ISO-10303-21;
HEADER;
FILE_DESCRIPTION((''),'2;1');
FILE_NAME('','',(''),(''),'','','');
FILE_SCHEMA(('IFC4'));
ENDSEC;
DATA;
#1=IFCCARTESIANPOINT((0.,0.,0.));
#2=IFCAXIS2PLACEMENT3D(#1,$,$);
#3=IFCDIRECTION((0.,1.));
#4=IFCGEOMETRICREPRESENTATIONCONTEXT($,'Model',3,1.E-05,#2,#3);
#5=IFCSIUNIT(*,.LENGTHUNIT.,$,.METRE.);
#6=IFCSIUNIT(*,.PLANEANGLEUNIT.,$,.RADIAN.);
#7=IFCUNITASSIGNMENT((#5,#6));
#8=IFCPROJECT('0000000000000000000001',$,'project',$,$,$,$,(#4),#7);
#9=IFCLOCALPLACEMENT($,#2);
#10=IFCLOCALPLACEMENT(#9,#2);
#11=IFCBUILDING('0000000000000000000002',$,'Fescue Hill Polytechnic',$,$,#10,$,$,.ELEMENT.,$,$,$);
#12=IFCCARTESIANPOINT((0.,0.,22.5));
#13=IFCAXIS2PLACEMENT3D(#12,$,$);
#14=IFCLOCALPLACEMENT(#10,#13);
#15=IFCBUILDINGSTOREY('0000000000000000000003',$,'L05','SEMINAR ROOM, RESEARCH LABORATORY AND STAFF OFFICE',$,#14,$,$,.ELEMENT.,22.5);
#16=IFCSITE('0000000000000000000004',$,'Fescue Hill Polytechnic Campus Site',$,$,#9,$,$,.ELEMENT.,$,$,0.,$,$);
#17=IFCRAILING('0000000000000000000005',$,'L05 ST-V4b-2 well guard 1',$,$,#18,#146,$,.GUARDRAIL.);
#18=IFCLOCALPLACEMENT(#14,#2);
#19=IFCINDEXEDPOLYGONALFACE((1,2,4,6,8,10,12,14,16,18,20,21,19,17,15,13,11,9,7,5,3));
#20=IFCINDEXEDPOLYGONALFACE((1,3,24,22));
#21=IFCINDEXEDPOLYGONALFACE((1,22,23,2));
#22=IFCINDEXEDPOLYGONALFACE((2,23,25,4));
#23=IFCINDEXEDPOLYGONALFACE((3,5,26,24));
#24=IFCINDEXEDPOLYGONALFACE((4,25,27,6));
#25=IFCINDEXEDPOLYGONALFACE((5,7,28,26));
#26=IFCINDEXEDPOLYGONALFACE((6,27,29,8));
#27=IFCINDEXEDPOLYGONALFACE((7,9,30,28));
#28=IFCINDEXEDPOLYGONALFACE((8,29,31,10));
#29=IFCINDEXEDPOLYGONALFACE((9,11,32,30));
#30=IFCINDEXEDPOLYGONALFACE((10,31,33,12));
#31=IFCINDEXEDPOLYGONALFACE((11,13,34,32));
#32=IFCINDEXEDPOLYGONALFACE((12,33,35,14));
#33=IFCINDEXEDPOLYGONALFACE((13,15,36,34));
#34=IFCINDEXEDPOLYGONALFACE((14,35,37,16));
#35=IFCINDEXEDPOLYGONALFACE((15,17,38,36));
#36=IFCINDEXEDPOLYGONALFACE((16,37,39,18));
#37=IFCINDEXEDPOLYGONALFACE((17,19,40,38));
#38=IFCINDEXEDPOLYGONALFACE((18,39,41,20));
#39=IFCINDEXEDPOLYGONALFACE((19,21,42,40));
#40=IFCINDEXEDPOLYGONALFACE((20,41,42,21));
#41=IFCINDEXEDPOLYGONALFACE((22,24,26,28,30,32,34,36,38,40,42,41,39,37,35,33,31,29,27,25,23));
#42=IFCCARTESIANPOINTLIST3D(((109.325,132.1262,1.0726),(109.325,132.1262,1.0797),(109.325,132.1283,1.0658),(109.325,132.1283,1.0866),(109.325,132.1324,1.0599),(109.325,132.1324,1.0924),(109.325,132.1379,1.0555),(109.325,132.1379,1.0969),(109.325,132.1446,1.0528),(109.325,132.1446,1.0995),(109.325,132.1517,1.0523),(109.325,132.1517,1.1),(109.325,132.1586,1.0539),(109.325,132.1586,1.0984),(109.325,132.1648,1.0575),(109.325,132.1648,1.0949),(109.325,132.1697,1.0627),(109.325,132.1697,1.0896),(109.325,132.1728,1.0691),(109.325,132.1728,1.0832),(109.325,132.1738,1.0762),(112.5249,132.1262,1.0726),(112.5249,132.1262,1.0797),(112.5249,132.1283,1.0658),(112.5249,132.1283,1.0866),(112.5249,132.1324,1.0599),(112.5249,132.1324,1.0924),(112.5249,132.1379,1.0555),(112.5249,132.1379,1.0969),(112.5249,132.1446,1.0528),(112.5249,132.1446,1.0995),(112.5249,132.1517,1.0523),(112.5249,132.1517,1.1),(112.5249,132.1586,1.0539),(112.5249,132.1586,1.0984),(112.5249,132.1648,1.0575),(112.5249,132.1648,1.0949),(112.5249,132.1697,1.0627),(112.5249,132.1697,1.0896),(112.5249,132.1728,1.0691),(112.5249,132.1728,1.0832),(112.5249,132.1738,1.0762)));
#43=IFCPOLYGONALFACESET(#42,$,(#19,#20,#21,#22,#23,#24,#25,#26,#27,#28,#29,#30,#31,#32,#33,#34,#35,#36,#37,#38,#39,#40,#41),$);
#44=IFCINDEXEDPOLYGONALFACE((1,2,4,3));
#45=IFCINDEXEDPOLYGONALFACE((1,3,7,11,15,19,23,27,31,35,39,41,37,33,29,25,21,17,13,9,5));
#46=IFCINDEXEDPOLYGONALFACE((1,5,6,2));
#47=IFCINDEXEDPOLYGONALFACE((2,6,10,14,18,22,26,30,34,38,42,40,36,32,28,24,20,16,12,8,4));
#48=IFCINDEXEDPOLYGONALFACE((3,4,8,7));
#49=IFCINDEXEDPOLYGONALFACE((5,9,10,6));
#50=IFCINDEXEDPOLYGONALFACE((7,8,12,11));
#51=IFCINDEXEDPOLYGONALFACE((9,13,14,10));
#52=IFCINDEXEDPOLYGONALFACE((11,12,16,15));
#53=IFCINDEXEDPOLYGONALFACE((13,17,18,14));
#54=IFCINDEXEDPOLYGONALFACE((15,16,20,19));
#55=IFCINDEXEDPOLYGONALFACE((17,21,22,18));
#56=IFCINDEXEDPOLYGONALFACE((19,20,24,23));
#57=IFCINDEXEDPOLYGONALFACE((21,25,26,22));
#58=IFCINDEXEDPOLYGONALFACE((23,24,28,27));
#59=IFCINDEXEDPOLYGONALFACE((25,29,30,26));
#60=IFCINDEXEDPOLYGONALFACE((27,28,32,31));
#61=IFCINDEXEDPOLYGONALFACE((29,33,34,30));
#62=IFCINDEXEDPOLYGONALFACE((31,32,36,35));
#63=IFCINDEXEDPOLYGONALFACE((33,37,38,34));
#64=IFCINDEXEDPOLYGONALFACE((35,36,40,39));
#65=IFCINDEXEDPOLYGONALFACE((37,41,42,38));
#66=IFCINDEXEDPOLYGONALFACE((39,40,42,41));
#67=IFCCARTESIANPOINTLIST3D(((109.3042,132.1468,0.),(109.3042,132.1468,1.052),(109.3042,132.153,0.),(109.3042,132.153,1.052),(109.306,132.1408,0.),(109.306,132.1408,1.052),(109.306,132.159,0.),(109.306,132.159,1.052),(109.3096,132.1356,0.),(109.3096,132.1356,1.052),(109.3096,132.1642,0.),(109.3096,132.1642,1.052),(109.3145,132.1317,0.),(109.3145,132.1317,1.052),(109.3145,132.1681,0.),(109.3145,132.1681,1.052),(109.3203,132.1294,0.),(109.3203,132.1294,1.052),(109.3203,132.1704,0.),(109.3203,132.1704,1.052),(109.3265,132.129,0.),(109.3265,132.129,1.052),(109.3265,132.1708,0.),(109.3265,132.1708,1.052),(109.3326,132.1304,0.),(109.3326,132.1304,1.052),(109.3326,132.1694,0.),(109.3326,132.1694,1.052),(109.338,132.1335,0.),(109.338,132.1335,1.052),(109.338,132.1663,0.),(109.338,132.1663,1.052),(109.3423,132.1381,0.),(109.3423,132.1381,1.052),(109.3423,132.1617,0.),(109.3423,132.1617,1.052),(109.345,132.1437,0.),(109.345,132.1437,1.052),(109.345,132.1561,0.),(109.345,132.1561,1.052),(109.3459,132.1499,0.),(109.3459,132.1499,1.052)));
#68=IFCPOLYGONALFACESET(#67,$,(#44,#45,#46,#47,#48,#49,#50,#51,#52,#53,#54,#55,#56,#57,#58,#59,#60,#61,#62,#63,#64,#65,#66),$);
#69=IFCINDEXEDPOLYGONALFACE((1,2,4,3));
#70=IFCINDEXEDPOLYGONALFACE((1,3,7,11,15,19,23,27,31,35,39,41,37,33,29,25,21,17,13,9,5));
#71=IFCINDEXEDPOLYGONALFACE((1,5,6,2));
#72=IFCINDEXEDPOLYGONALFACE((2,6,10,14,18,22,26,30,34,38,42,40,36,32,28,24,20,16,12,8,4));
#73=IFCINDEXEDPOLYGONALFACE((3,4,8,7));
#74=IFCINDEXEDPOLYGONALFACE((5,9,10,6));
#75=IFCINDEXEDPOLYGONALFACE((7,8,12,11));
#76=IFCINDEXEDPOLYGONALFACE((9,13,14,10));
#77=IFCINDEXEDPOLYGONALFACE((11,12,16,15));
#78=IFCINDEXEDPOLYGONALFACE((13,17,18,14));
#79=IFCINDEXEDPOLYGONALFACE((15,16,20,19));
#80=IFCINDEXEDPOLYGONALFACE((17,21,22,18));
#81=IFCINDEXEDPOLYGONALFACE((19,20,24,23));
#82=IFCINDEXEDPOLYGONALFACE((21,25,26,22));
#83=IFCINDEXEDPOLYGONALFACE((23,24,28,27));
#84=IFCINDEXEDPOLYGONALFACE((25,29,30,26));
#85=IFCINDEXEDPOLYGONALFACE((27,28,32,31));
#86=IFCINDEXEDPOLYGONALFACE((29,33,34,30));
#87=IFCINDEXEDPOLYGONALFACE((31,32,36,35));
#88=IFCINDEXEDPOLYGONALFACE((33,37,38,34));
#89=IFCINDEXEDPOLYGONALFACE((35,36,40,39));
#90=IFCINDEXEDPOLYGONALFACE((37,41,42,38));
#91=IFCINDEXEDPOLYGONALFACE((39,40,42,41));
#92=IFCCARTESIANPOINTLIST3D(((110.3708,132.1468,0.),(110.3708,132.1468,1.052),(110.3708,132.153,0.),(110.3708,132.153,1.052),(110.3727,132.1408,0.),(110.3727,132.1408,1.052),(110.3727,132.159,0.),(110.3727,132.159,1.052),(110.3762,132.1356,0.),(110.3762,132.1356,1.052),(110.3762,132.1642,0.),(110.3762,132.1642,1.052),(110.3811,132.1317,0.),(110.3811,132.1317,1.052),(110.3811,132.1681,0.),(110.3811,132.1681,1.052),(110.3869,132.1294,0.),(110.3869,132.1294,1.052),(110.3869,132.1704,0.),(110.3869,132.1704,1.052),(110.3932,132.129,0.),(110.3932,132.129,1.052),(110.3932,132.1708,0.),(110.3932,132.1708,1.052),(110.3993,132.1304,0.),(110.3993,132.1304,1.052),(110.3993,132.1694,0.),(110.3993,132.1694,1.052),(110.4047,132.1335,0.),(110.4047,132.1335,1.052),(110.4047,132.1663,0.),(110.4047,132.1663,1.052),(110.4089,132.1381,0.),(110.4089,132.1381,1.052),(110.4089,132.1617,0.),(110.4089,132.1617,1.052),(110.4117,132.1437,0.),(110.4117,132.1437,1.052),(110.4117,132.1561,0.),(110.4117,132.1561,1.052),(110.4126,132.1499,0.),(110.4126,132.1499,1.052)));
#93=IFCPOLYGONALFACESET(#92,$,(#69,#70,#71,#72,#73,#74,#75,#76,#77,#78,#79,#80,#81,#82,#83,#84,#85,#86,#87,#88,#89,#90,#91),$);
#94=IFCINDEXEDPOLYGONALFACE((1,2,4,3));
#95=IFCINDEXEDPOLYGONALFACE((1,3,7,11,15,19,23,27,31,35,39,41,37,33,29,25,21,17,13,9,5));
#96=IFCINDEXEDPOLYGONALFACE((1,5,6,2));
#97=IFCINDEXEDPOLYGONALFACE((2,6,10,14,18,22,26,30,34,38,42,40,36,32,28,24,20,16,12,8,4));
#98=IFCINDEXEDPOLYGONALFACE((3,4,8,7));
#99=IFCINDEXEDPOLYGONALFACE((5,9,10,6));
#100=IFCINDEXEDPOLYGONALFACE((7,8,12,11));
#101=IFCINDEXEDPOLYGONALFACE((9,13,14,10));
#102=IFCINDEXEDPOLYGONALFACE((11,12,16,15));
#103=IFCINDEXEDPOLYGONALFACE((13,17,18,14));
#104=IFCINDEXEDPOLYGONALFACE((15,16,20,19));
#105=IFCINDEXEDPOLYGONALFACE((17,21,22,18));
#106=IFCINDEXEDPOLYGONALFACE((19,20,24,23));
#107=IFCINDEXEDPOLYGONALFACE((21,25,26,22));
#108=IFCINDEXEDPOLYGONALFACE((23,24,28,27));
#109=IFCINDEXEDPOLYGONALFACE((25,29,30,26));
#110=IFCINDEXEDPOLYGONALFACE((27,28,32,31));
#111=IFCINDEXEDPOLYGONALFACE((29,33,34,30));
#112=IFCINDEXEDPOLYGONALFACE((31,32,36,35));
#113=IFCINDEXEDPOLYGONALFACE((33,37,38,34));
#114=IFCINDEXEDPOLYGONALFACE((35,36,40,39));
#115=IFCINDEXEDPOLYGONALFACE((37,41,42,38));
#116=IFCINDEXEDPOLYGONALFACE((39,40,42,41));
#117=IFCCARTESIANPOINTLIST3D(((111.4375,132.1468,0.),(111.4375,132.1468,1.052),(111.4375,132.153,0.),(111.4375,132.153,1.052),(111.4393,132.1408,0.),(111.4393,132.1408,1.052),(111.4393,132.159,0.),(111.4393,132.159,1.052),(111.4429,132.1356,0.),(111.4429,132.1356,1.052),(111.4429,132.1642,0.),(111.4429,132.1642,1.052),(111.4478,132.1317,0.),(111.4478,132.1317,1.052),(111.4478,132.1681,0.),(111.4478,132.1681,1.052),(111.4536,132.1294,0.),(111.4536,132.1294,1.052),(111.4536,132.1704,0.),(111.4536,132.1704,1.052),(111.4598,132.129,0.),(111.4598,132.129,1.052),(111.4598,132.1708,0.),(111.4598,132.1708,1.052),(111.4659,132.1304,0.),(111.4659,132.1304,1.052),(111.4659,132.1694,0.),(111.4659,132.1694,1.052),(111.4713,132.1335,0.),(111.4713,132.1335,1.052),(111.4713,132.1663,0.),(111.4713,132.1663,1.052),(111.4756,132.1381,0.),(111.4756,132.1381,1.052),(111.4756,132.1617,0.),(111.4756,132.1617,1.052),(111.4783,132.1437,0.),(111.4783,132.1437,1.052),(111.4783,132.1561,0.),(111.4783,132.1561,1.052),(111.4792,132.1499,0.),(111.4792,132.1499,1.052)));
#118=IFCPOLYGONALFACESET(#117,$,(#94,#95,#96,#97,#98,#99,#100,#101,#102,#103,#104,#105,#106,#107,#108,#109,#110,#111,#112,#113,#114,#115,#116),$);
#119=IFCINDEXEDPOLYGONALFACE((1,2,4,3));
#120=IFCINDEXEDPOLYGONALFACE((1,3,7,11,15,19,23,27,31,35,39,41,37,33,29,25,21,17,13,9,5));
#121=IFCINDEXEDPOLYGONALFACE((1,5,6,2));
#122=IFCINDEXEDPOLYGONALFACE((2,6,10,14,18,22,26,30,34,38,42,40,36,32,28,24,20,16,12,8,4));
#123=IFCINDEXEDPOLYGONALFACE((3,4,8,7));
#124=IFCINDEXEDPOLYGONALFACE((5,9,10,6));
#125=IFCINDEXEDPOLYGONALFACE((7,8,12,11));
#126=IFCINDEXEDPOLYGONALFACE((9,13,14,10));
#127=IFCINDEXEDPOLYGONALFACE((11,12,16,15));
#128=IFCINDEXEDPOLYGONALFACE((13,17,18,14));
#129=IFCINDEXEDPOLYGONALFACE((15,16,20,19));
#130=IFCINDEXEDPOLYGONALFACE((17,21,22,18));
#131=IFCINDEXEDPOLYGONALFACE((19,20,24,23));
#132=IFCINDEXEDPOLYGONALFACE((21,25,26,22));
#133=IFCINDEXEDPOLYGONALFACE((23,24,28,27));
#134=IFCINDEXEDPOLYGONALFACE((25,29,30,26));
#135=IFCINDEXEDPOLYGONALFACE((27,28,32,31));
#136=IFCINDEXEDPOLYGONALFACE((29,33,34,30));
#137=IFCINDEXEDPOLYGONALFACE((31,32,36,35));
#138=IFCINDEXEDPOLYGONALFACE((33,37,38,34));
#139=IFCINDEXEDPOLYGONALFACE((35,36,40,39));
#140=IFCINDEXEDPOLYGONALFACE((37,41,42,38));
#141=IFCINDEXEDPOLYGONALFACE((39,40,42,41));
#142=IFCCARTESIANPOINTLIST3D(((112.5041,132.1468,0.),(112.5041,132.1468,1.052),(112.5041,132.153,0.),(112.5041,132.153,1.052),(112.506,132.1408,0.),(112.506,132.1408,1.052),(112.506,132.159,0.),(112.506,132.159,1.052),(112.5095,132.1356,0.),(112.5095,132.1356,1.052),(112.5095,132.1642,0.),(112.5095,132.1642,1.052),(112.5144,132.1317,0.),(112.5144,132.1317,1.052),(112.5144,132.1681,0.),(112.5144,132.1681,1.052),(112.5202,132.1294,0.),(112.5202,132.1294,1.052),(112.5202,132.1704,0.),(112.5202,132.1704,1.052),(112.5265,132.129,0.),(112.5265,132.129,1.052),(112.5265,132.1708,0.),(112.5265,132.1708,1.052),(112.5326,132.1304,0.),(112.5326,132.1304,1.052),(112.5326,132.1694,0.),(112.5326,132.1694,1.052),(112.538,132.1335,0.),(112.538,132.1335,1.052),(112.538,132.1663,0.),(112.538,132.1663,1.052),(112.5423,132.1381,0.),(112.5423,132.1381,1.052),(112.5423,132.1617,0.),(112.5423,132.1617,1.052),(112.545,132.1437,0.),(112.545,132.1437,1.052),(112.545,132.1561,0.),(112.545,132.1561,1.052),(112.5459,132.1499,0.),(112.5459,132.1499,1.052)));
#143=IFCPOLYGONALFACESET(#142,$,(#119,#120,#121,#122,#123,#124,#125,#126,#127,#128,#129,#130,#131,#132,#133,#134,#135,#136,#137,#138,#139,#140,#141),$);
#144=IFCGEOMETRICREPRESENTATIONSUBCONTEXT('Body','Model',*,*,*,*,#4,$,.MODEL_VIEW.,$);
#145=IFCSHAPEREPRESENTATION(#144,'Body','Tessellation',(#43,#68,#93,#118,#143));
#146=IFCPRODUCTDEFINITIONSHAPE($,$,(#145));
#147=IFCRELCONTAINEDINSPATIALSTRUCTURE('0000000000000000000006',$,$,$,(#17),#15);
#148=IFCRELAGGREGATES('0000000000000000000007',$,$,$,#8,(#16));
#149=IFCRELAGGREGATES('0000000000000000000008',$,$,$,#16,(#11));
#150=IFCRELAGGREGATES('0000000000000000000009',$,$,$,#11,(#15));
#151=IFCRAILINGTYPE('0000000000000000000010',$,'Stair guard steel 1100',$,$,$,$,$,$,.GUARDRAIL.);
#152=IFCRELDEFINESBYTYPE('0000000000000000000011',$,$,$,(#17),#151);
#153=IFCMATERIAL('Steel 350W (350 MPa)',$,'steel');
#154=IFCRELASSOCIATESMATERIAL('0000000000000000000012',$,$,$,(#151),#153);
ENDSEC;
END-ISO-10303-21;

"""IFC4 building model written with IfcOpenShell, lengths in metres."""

from ifc_helpers import new_model, si_unit, direction, frame, origin, origin_2d, place, context, subcontext, project, spatial, circle, extrude, material, type_object, element, save


model = new_model("IFC4")

# Units and contexts
model_context = context("Model", 3, precision=1e-05, world=origin(), true_north=direction((0.0, 1.0)))
body_context = subcontext(model_context, "Body", "Model", "MODEL_VIEW")
ifc_project = project(units=[si_unit("LENGTHUNIT", "METRE"), si_unit("PLANEANGLEUNIT", "RADIAN")], contexts=[model_context])

# Site, building, storey
site_placement = place(None, origin())
site = spatial("IfcSite", under=ifc_project, at=site_placement, Name="Fescue Hill Polytechnic Campus Site", CompositionType="ELEMENT", RefElevation=0.0)
building_placement = place(site_placement, origin())
building = spatial("IfcBuilding", under=site, at=building_placement, Name="Fescue Hill Polytechnic", CompositionType="ELEMENT")
storey_placement = place(building_placement, frame((0.0, 0.0, 22.5)))
storey = spatial("IfcBuildingStorey", under=building, at=storey_placement, Name="L05", Description="SEMINAR ROOM, RESEARCH LABORATORY AND STAFF OFFICE", CompositionType="ELEMENT", Elevation=22.5)

# Railing
ifc_material_1 = material(Name="Steel 350W (350 MPa)", Category="steel")
railing_type = type_object("IfcRailingType", Name="Stair guard steel 1100", PredefinedType="GUARDRAIL", material=ifc_material_1)
railing_placement = place(storey_placement, frame((109.325, 132.1499, 0.0)))
element("IfcRailing", 1, at=railing_placement, inside=storey, type_object=railing_type, Name="L05 ST-V4b-2 well guard 1", PredefinedType="GUARDRAIL", context=body_context, shape_type="SweptSolid", body=[
    extrude(circle(Radius=0.0239, at=origin_2d()), frame((0.0, 0.0, 1.0762), z_axis=(1.0, 0.0, 0.0), x_axis=(0.0, 1.0, 0.0)), (0.0, 0.0, 1.0), 3.2),
    extrude(circle(Radius=0.021, at=origin_2d()), origin(), (0.0, 0.0, 1.0), 1.052),
    extrude(circle(Radius=0.021, at=origin_2d()), frame((1.0667, 0.0, 0.0)), (0.0, 0.0, 1.0), 1.052),
    extrude(circle(Radius=0.021, at=origin_2d()), frame((2.1333, 0.0, 0.0)), (0.0, 0.0, 1.0), 1.052),
    extrude(circle(Radius=0.021, at=origin_2d()), frame((3.2, 0.0, 0.0)), (0.0, 0.0, 1.0), 1.052),
])

save(model, "model.ifc")
